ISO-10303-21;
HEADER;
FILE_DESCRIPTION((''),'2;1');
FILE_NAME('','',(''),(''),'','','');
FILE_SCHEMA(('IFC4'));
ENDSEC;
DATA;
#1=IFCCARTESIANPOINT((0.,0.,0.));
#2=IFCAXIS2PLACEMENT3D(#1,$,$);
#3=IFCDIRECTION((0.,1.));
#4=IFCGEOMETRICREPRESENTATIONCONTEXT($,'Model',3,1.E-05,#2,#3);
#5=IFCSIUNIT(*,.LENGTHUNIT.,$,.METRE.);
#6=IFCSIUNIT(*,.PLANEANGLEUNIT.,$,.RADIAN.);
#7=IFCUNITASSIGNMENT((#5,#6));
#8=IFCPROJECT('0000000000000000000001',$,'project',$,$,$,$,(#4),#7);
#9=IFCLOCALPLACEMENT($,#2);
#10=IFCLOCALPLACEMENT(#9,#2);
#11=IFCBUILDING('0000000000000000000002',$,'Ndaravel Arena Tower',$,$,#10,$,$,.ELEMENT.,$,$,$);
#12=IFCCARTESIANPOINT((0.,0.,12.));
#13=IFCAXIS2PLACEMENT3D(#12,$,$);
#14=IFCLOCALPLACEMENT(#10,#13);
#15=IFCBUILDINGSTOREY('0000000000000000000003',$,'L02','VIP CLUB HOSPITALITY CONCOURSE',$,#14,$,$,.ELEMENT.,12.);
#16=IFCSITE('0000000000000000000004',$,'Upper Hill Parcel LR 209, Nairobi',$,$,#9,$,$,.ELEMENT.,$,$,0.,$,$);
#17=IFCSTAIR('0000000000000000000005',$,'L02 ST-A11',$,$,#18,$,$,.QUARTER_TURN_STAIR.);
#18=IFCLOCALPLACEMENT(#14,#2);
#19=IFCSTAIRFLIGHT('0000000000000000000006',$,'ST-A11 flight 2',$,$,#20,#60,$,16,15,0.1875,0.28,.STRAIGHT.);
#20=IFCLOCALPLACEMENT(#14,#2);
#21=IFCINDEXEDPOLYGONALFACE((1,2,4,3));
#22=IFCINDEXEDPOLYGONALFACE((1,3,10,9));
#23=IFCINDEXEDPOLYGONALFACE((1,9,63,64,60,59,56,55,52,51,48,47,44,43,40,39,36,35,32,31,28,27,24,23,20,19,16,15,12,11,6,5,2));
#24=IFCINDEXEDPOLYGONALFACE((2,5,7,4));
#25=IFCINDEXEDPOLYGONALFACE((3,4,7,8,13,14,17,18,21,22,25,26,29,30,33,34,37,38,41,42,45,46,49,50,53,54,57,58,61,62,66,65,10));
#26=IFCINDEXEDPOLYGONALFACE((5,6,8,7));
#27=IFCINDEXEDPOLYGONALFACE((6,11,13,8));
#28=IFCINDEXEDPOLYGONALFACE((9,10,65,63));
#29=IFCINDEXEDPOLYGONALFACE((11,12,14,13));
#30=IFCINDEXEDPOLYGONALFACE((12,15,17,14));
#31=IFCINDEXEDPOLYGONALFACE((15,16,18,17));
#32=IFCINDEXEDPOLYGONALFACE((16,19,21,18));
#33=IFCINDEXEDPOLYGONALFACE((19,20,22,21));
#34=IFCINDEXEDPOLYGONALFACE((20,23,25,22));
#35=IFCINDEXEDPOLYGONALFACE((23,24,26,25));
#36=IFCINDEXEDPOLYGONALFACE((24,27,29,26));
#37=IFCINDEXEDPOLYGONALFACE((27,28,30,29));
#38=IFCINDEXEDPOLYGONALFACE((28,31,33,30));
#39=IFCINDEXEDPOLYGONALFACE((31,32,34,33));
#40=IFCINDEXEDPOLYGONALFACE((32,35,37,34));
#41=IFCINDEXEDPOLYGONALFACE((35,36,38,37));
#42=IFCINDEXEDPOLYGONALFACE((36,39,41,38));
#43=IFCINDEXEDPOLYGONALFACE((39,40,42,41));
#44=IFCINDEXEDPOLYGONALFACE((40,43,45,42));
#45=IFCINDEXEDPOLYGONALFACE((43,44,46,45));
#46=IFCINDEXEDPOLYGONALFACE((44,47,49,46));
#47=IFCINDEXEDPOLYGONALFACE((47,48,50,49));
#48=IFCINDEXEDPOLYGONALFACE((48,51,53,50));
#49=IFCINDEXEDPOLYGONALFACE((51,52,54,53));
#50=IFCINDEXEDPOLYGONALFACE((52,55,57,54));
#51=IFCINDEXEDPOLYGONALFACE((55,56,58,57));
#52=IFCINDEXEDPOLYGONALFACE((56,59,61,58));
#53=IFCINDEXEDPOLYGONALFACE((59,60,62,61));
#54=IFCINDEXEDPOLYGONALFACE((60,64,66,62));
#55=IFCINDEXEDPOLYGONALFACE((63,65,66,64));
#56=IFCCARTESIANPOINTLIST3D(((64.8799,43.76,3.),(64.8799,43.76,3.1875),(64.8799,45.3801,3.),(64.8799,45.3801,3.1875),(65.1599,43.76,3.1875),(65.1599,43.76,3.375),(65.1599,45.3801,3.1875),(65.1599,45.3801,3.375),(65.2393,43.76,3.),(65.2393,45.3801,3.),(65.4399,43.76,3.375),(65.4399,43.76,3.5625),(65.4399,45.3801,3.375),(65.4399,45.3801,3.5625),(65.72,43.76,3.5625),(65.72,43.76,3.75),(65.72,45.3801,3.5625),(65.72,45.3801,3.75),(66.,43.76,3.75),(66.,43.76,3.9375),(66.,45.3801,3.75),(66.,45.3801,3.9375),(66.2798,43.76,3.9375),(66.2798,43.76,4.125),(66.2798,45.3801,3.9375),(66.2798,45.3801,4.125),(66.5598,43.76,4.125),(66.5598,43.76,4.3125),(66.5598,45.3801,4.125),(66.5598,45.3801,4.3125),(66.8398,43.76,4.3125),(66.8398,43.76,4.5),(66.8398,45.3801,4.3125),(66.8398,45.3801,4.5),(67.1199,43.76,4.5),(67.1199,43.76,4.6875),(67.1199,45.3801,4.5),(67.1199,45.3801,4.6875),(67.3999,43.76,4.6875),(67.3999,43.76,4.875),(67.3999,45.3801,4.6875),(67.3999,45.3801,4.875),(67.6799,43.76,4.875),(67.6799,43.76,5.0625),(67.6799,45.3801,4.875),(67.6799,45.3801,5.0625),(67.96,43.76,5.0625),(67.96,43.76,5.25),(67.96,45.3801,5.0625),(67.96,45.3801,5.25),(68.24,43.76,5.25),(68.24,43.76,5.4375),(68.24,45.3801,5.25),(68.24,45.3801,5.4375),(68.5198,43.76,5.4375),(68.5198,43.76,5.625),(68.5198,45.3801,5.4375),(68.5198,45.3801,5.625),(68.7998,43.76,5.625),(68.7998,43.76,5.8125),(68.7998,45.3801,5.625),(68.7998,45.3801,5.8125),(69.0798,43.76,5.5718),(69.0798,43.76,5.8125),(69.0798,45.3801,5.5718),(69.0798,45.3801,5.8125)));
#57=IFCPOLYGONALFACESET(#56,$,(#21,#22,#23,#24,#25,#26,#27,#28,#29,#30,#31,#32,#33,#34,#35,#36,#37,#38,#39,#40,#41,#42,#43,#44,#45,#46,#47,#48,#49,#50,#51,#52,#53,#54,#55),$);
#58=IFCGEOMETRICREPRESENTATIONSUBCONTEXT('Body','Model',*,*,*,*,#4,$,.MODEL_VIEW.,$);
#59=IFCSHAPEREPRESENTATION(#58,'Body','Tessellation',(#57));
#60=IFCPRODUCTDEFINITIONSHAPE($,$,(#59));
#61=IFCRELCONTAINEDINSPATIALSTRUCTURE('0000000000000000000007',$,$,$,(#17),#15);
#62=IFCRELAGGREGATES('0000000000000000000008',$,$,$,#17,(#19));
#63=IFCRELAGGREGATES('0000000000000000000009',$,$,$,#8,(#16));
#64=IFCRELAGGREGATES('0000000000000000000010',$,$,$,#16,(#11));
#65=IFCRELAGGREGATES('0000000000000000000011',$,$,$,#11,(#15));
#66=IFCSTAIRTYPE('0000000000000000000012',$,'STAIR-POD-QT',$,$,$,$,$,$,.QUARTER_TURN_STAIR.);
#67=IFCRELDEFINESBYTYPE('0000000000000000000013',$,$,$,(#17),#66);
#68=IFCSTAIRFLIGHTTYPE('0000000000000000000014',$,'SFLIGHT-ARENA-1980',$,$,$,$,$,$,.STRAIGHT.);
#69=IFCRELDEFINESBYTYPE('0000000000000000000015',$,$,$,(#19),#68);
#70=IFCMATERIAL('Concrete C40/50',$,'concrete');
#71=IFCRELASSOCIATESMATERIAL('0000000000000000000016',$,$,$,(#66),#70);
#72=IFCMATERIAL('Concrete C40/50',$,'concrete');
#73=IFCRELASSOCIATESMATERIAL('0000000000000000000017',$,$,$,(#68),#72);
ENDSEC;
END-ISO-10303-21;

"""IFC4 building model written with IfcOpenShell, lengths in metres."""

from ifc_helpers import new_model, si_unit, direction, frame, origin, place, context, subcontext, project, spatial, polyline, outline, extrude, material, type_object, element, aggregate, save


model = new_model("IFC4")

# Units and contexts
model_context = context("Model", 3, precision=1e-05, world=origin(), true_north=direction((0.0, 1.0)))
body_context = subcontext(model_context, "Body", "Model", "MODEL_VIEW")
ifc_project = project(units=[si_unit("LENGTHUNIT", "METRE"), si_unit("PLANEANGLEUNIT", "RADIAN")], contexts=[model_context])

# Site, building, storey
site_placement = place(None, origin())
site = spatial("IfcSite", under=ifc_project, at=site_placement, Name="Upper Hill Parcel LR 209, Nairobi", CompositionType="ELEMENT", RefElevation=0.0)
building_placement = place(site_placement, origin())
building = spatial("IfcBuilding", under=site, at=building_placement, Name="Ndaravel Arena Tower", CompositionType="ELEMENT")
storey_placement = place(building_placement, frame((0.0, 0.0, 12.0)))
storey = spatial("IfcBuildingStorey", under=building, at=storey_placement, Name="L02", Description="VIP CLUB HOSPITALITY CONCOURSE", CompositionType="ELEMENT", Elevation=12.0)

# Shared definitions
ifc_material_1 = material(Name="Concrete C40/50", Category="concrete")
stair_type = type_object("IfcStairType", Name="STAIR-POD-QT", PredefinedType="QUARTER_TURN_STAIR", material=ifc_material_1)
ifc_material_2 = material(Name="Concrete C40/50", Category="concrete")
stair_flight_type = type_object("IfcStairFlightType", Name="SFLIGHT-ARENA-1980", PredefinedType="STRAIGHT", material=ifc_material_2)

# Stair, stair flight
stair_1_placement = place(storey_placement, origin())
stair_1 = element("IfcStair", 1, at=stair_1_placement, inside=storey, type_object=stair_type, Name="L02 ST-A11", PredefinedType="QUARTER_TURN_STAIR")
stair_flight_1_placement = place(storey_placement, frame((64.8799, 44.5701, 3.0), z_axis=(0.0, 0.0, 1.0), x_axis=(1.0, 0.0, 0.0)))
stair_flight_1 = element("IfcStairFlight", 2, at=stair_flight_1_placement, type_object=stair_flight_type, Name="ST-A11 flight 2", NumberOfRisers=16, NumberOfTreads=15, PredefinedType="STRAIGHT", RiserHeight=0.1875, TreadLength=0.28, context=body_context, shape_type="SweptSolid", body=[
    extrude(outline(polyline([(0.0, 0.0), (0.0, 0.1875), (0.28, 0.1875), (0.28, 0.375), (0.5601, 0.375), (0.5601, 0.5625), (0.8401, 0.5625), (0.8401, 0.75), (1.1201, 0.75), (1.1201, 0.9375), (1.3999, 0.9375), (1.3999, 1.125), (1.6799, 1.125), (1.6799, 1.3125), (1.96, 1.3125), (1.96, 1.5), (2.24, 1.5), (2.24, 1.6875), (2.52, 1.6875), (2.52, 1.875), (2.8, 1.875), (2.8, 2.0625), (3.0801, 2.0625), (3.0801, 2.25), (3.3601, 2.25), (3.3601, 2.4375), (3.6399, 2.4375), (3.6399, 2.625), (3.9199, 2.625), (3.9199, 2.8125), (4.2, 2.8125), (4.2, 3.0), (4.2, 2.5718), (0.3594, 0.0), (0.0, 0.0)])), frame((0.0, 0.8101, 0.0), z_axis=(0.0, -1.0, 0.0), x_axis=(1.0, 0.0, 0.0)), (0.0, 0.0, 1.0), 1.6201),
])
aggregate(stair_1, [stair_flight_1])

save(model, "model.ifc")
